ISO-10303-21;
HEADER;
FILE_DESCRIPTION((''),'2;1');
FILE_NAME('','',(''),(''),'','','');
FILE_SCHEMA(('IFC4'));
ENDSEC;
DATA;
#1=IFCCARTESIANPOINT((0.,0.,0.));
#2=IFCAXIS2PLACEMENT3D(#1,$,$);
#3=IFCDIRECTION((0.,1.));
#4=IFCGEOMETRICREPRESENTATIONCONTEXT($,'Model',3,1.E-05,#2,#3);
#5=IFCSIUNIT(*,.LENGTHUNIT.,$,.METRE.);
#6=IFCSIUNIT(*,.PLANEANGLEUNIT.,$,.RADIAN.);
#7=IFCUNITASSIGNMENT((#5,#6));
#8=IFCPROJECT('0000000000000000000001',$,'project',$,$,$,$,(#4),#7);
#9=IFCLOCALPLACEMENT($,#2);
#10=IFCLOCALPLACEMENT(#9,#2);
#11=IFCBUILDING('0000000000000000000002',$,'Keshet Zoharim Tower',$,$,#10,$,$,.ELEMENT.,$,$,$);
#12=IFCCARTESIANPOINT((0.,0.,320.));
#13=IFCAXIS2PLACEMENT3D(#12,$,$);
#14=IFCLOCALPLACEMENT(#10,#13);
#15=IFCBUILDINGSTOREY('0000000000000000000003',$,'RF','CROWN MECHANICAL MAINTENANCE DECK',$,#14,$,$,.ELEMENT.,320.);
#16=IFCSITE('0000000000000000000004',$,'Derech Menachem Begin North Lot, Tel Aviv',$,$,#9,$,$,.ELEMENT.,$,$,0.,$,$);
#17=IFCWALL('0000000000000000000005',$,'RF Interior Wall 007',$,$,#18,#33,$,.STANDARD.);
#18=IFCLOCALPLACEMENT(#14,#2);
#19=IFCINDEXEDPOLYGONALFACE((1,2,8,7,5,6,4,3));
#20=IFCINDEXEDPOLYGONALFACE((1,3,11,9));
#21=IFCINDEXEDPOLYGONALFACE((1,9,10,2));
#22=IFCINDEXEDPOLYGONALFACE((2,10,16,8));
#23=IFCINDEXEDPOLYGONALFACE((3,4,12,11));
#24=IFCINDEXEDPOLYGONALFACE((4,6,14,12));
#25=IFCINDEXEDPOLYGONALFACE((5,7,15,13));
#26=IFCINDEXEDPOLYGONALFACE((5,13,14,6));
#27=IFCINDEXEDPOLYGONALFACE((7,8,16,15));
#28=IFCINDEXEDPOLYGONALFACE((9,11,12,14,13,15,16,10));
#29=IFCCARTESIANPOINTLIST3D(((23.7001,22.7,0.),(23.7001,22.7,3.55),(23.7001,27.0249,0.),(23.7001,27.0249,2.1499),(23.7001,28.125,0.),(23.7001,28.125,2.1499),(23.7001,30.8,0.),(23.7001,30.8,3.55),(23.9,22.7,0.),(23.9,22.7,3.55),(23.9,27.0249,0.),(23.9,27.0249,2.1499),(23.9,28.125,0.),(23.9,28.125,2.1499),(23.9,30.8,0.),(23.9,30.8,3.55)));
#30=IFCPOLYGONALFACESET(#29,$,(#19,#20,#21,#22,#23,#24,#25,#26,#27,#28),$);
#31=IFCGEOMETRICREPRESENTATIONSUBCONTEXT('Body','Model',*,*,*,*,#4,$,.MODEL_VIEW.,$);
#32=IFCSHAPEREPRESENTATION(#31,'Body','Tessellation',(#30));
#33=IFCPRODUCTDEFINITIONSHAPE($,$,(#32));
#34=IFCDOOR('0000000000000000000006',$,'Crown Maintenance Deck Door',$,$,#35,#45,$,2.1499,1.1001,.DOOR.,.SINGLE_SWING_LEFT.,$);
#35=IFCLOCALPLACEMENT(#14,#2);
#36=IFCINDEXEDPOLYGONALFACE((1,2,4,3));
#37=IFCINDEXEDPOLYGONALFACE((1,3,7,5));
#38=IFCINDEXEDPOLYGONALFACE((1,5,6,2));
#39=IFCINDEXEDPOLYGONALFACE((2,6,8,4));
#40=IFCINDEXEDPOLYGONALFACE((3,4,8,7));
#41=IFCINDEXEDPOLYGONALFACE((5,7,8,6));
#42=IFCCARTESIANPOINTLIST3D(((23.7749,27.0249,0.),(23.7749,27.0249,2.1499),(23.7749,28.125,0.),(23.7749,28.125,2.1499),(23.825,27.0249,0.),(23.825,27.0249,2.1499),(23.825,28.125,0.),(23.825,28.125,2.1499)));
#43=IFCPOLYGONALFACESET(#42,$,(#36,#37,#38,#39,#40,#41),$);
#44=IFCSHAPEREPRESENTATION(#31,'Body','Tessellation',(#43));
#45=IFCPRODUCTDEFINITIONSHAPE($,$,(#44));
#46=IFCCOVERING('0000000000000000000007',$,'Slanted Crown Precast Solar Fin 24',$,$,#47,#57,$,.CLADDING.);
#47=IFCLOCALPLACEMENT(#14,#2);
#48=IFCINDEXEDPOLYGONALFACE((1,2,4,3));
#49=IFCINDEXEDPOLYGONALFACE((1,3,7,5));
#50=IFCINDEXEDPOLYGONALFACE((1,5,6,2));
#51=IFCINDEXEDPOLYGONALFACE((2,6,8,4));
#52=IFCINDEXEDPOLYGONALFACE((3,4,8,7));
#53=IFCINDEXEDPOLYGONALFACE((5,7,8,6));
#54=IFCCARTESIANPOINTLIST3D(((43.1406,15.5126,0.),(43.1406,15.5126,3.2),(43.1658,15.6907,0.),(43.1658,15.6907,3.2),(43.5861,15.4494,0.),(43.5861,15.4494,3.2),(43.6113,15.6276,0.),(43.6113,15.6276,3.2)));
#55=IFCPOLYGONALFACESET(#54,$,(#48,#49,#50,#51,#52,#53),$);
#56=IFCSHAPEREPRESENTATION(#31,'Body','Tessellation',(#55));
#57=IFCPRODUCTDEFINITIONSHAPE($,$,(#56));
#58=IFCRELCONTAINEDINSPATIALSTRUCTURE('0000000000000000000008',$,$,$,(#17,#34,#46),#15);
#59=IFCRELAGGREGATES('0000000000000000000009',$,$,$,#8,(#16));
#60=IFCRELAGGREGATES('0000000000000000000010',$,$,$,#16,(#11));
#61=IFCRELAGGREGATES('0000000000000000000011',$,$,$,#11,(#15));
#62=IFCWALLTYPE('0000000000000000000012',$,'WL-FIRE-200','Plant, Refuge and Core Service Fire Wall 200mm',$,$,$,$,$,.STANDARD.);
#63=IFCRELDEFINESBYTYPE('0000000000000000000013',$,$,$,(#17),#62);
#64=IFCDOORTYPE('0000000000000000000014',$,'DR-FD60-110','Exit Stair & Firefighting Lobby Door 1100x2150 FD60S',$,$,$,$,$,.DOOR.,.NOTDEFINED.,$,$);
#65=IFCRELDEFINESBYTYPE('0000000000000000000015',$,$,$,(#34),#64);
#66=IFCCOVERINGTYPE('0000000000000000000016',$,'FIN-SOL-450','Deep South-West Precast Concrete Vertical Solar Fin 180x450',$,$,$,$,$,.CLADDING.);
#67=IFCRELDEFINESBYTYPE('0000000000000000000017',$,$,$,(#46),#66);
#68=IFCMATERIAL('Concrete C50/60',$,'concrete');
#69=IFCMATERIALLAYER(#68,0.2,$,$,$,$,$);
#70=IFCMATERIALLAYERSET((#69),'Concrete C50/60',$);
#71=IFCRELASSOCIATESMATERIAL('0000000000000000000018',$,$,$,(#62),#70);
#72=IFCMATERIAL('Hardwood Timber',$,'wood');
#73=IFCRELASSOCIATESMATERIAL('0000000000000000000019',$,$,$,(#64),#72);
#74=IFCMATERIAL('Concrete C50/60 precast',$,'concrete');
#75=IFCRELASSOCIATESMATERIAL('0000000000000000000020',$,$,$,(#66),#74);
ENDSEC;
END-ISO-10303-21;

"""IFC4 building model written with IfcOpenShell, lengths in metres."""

from ifc_helpers import new_model, si_unit, direction, frame, frame_2d, origin, origin_2d, place, context, subcontext, project, spatial, rectangle, extrude, material, layer, layer_set, type_object, element, fill, save


model = new_model("IFC4")

# Units and contexts
model_context = context("Model", 3, precision=1e-05, world=origin(), true_north=direction((0.0, 1.0)))
body_context = subcontext(model_context, "Body", "Model", "MODEL_VIEW")
ifc_project = project(units=[si_unit("LENGTHUNIT", "METRE"), si_unit("PLANEANGLEUNIT", "RADIAN")], contexts=[model_context])

# Site, building, storey
site_placement = place(None, origin())
site = spatial("IfcSite", under=ifc_project, at=site_placement, Name="Derech Menachem Begin North Lot, Tel Aviv", CompositionType="ELEMENT", RefElevation=0.0)
building_placement = place(site_placement, origin())
building = spatial("IfcBuilding", under=site, at=building_placement, Name="Keshet Zoharim Tower", CompositionType="ELEMENT")
storey_placement = place(building_placement, frame((0.0, 0.0, 320.0)))
storey = spatial("IfcBuildingStorey", under=building, at=storey_placement, Name="RF", Description="CROWN MECHANICAL MAINTENANCE DECK", CompositionType="ELEMENT", Elevation=320.0)

# Wall, opening, door
ifc_material_1 = material(Name="Concrete C50/60", Category="concrete")
ifc_layer_1 = layer(ifc_material_1, 0.2)
ifc_layer_set_1 = layer_set([ifc_layer_1], Name="Concrete C50/60")
wall_type = type_object("IfcWallType", Name="WL-FIRE-200", Description="Plant, Refuge and Core Service Fire Wall 200mm", PredefinedType="STANDARD", material=ifc_layer_set_1)
wall_placement = place(storey_placement, frame((23.8, 22.7, 0.0), z_axis=(0.0, 0.0, 1.0), x_axis=(0.0, 1.0, 0.0)))
wall = element("IfcWall", 1, at=wall_placement, inside=storey, type_object=wall_type, Name="RF Interior Wall 007", PredefinedType="STANDARD", context=body_context, shape_type="SweptSolid", body=[
    extrude(rectangle(XDim=8.1001, YDim=0.2, at=frame_2d((4.05, 0.0))), origin(), (0.0, 0.0, 1.0), 3.55),
])
opening_placement = place(wall_placement, frame((4.325, 0.0, 0.0)))
opening = element("IfcOpeningElement", 2, at=opening_placement, cuts=wall, PredefinedType="OPENING", context=body_context, shape_type="SweptSolid", body=[
    extrude(rectangle(XDim=1.1001, YDim=2.1499, at=frame_2d((0.55, 1.075))), frame((0.0, 0.1099, 0.0), z_axis=(0.0, -1.0, 0.0), x_axis=(1.0, 0.0, 0.0)), (0.0, 0.0, 1.0), 0.22),
])
ifc_material_2 = material(Name="Hardwood Timber", Category="wood")
door_type = type_object("IfcDoorType", Name="DR-FD60-110", Description="Exit Stair & Firefighting Lobby Door 1100x2150 FD60S", OperationType="NOTDEFINED", PredefinedType="DOOR", material=ifc_material_2)
door_placement = place(opening_placement, frame((1.1001, 0.0, 0.0), z_axis=(0.0, 0.0, 1.0), x_axis=(-1.0, 0.0, 0.0)))
door = element("IfcDoor", 3, at=door_placement, inside=storey, type_object=door_type, Name="Crown Maintenance Deck Door", OperationType="SINGLE_SWING_LEFT", OverallHeight=2.1499, OverallWidth=1.1001, PredefinedType="DOOR", context=body_context, shape_type="SweptSolid", body=[
    extrude(rectangle(XDim=1.1001, YDim=2.1499, at=frame_2d((0.55, 1.075))), frame((0.0, 0.0249, 0.0), z_axis=(0.0, -1.0, 0.0), x_axis=(1.0, 0.0, 0.0)), (0.0, 0.0, 1.0), 0.05),
])
fill(opening, door)

# Covering
ifc_material_3 = material(Name="Concrete C50/60 precast", Category="concrete")
covering_type = type_object("IfcCoveringType", Name="FIN-SOL-450", Description="Deep South-West Precast Concrete Vertical Solar Fin 180x450", PredefinedType="CLADDING", material=ifc_material_3)
covering_placement = place(storey_placement, frame((43.376, 15.5701, 0.0), z_axis=(0.0, 0.0, 1.0), x_axis=(-0.14029, -0.99011, 0.0)))
element("IfcCovering", 4, at=covering_placement, inside=storey, type_object=covering_type, Name="Slanted Crown Precast Solar Fin 24", PredefinedType="CLADDING", context=body_context, shape_type="SweptSolid", body=[
    extrude(rectangle(XDim=0.1799, YDim=0.45, at=origin_2d()), origin(), (0.0, 0.0, 1.0), 3.2),
])

save(model, "model.ifc")
